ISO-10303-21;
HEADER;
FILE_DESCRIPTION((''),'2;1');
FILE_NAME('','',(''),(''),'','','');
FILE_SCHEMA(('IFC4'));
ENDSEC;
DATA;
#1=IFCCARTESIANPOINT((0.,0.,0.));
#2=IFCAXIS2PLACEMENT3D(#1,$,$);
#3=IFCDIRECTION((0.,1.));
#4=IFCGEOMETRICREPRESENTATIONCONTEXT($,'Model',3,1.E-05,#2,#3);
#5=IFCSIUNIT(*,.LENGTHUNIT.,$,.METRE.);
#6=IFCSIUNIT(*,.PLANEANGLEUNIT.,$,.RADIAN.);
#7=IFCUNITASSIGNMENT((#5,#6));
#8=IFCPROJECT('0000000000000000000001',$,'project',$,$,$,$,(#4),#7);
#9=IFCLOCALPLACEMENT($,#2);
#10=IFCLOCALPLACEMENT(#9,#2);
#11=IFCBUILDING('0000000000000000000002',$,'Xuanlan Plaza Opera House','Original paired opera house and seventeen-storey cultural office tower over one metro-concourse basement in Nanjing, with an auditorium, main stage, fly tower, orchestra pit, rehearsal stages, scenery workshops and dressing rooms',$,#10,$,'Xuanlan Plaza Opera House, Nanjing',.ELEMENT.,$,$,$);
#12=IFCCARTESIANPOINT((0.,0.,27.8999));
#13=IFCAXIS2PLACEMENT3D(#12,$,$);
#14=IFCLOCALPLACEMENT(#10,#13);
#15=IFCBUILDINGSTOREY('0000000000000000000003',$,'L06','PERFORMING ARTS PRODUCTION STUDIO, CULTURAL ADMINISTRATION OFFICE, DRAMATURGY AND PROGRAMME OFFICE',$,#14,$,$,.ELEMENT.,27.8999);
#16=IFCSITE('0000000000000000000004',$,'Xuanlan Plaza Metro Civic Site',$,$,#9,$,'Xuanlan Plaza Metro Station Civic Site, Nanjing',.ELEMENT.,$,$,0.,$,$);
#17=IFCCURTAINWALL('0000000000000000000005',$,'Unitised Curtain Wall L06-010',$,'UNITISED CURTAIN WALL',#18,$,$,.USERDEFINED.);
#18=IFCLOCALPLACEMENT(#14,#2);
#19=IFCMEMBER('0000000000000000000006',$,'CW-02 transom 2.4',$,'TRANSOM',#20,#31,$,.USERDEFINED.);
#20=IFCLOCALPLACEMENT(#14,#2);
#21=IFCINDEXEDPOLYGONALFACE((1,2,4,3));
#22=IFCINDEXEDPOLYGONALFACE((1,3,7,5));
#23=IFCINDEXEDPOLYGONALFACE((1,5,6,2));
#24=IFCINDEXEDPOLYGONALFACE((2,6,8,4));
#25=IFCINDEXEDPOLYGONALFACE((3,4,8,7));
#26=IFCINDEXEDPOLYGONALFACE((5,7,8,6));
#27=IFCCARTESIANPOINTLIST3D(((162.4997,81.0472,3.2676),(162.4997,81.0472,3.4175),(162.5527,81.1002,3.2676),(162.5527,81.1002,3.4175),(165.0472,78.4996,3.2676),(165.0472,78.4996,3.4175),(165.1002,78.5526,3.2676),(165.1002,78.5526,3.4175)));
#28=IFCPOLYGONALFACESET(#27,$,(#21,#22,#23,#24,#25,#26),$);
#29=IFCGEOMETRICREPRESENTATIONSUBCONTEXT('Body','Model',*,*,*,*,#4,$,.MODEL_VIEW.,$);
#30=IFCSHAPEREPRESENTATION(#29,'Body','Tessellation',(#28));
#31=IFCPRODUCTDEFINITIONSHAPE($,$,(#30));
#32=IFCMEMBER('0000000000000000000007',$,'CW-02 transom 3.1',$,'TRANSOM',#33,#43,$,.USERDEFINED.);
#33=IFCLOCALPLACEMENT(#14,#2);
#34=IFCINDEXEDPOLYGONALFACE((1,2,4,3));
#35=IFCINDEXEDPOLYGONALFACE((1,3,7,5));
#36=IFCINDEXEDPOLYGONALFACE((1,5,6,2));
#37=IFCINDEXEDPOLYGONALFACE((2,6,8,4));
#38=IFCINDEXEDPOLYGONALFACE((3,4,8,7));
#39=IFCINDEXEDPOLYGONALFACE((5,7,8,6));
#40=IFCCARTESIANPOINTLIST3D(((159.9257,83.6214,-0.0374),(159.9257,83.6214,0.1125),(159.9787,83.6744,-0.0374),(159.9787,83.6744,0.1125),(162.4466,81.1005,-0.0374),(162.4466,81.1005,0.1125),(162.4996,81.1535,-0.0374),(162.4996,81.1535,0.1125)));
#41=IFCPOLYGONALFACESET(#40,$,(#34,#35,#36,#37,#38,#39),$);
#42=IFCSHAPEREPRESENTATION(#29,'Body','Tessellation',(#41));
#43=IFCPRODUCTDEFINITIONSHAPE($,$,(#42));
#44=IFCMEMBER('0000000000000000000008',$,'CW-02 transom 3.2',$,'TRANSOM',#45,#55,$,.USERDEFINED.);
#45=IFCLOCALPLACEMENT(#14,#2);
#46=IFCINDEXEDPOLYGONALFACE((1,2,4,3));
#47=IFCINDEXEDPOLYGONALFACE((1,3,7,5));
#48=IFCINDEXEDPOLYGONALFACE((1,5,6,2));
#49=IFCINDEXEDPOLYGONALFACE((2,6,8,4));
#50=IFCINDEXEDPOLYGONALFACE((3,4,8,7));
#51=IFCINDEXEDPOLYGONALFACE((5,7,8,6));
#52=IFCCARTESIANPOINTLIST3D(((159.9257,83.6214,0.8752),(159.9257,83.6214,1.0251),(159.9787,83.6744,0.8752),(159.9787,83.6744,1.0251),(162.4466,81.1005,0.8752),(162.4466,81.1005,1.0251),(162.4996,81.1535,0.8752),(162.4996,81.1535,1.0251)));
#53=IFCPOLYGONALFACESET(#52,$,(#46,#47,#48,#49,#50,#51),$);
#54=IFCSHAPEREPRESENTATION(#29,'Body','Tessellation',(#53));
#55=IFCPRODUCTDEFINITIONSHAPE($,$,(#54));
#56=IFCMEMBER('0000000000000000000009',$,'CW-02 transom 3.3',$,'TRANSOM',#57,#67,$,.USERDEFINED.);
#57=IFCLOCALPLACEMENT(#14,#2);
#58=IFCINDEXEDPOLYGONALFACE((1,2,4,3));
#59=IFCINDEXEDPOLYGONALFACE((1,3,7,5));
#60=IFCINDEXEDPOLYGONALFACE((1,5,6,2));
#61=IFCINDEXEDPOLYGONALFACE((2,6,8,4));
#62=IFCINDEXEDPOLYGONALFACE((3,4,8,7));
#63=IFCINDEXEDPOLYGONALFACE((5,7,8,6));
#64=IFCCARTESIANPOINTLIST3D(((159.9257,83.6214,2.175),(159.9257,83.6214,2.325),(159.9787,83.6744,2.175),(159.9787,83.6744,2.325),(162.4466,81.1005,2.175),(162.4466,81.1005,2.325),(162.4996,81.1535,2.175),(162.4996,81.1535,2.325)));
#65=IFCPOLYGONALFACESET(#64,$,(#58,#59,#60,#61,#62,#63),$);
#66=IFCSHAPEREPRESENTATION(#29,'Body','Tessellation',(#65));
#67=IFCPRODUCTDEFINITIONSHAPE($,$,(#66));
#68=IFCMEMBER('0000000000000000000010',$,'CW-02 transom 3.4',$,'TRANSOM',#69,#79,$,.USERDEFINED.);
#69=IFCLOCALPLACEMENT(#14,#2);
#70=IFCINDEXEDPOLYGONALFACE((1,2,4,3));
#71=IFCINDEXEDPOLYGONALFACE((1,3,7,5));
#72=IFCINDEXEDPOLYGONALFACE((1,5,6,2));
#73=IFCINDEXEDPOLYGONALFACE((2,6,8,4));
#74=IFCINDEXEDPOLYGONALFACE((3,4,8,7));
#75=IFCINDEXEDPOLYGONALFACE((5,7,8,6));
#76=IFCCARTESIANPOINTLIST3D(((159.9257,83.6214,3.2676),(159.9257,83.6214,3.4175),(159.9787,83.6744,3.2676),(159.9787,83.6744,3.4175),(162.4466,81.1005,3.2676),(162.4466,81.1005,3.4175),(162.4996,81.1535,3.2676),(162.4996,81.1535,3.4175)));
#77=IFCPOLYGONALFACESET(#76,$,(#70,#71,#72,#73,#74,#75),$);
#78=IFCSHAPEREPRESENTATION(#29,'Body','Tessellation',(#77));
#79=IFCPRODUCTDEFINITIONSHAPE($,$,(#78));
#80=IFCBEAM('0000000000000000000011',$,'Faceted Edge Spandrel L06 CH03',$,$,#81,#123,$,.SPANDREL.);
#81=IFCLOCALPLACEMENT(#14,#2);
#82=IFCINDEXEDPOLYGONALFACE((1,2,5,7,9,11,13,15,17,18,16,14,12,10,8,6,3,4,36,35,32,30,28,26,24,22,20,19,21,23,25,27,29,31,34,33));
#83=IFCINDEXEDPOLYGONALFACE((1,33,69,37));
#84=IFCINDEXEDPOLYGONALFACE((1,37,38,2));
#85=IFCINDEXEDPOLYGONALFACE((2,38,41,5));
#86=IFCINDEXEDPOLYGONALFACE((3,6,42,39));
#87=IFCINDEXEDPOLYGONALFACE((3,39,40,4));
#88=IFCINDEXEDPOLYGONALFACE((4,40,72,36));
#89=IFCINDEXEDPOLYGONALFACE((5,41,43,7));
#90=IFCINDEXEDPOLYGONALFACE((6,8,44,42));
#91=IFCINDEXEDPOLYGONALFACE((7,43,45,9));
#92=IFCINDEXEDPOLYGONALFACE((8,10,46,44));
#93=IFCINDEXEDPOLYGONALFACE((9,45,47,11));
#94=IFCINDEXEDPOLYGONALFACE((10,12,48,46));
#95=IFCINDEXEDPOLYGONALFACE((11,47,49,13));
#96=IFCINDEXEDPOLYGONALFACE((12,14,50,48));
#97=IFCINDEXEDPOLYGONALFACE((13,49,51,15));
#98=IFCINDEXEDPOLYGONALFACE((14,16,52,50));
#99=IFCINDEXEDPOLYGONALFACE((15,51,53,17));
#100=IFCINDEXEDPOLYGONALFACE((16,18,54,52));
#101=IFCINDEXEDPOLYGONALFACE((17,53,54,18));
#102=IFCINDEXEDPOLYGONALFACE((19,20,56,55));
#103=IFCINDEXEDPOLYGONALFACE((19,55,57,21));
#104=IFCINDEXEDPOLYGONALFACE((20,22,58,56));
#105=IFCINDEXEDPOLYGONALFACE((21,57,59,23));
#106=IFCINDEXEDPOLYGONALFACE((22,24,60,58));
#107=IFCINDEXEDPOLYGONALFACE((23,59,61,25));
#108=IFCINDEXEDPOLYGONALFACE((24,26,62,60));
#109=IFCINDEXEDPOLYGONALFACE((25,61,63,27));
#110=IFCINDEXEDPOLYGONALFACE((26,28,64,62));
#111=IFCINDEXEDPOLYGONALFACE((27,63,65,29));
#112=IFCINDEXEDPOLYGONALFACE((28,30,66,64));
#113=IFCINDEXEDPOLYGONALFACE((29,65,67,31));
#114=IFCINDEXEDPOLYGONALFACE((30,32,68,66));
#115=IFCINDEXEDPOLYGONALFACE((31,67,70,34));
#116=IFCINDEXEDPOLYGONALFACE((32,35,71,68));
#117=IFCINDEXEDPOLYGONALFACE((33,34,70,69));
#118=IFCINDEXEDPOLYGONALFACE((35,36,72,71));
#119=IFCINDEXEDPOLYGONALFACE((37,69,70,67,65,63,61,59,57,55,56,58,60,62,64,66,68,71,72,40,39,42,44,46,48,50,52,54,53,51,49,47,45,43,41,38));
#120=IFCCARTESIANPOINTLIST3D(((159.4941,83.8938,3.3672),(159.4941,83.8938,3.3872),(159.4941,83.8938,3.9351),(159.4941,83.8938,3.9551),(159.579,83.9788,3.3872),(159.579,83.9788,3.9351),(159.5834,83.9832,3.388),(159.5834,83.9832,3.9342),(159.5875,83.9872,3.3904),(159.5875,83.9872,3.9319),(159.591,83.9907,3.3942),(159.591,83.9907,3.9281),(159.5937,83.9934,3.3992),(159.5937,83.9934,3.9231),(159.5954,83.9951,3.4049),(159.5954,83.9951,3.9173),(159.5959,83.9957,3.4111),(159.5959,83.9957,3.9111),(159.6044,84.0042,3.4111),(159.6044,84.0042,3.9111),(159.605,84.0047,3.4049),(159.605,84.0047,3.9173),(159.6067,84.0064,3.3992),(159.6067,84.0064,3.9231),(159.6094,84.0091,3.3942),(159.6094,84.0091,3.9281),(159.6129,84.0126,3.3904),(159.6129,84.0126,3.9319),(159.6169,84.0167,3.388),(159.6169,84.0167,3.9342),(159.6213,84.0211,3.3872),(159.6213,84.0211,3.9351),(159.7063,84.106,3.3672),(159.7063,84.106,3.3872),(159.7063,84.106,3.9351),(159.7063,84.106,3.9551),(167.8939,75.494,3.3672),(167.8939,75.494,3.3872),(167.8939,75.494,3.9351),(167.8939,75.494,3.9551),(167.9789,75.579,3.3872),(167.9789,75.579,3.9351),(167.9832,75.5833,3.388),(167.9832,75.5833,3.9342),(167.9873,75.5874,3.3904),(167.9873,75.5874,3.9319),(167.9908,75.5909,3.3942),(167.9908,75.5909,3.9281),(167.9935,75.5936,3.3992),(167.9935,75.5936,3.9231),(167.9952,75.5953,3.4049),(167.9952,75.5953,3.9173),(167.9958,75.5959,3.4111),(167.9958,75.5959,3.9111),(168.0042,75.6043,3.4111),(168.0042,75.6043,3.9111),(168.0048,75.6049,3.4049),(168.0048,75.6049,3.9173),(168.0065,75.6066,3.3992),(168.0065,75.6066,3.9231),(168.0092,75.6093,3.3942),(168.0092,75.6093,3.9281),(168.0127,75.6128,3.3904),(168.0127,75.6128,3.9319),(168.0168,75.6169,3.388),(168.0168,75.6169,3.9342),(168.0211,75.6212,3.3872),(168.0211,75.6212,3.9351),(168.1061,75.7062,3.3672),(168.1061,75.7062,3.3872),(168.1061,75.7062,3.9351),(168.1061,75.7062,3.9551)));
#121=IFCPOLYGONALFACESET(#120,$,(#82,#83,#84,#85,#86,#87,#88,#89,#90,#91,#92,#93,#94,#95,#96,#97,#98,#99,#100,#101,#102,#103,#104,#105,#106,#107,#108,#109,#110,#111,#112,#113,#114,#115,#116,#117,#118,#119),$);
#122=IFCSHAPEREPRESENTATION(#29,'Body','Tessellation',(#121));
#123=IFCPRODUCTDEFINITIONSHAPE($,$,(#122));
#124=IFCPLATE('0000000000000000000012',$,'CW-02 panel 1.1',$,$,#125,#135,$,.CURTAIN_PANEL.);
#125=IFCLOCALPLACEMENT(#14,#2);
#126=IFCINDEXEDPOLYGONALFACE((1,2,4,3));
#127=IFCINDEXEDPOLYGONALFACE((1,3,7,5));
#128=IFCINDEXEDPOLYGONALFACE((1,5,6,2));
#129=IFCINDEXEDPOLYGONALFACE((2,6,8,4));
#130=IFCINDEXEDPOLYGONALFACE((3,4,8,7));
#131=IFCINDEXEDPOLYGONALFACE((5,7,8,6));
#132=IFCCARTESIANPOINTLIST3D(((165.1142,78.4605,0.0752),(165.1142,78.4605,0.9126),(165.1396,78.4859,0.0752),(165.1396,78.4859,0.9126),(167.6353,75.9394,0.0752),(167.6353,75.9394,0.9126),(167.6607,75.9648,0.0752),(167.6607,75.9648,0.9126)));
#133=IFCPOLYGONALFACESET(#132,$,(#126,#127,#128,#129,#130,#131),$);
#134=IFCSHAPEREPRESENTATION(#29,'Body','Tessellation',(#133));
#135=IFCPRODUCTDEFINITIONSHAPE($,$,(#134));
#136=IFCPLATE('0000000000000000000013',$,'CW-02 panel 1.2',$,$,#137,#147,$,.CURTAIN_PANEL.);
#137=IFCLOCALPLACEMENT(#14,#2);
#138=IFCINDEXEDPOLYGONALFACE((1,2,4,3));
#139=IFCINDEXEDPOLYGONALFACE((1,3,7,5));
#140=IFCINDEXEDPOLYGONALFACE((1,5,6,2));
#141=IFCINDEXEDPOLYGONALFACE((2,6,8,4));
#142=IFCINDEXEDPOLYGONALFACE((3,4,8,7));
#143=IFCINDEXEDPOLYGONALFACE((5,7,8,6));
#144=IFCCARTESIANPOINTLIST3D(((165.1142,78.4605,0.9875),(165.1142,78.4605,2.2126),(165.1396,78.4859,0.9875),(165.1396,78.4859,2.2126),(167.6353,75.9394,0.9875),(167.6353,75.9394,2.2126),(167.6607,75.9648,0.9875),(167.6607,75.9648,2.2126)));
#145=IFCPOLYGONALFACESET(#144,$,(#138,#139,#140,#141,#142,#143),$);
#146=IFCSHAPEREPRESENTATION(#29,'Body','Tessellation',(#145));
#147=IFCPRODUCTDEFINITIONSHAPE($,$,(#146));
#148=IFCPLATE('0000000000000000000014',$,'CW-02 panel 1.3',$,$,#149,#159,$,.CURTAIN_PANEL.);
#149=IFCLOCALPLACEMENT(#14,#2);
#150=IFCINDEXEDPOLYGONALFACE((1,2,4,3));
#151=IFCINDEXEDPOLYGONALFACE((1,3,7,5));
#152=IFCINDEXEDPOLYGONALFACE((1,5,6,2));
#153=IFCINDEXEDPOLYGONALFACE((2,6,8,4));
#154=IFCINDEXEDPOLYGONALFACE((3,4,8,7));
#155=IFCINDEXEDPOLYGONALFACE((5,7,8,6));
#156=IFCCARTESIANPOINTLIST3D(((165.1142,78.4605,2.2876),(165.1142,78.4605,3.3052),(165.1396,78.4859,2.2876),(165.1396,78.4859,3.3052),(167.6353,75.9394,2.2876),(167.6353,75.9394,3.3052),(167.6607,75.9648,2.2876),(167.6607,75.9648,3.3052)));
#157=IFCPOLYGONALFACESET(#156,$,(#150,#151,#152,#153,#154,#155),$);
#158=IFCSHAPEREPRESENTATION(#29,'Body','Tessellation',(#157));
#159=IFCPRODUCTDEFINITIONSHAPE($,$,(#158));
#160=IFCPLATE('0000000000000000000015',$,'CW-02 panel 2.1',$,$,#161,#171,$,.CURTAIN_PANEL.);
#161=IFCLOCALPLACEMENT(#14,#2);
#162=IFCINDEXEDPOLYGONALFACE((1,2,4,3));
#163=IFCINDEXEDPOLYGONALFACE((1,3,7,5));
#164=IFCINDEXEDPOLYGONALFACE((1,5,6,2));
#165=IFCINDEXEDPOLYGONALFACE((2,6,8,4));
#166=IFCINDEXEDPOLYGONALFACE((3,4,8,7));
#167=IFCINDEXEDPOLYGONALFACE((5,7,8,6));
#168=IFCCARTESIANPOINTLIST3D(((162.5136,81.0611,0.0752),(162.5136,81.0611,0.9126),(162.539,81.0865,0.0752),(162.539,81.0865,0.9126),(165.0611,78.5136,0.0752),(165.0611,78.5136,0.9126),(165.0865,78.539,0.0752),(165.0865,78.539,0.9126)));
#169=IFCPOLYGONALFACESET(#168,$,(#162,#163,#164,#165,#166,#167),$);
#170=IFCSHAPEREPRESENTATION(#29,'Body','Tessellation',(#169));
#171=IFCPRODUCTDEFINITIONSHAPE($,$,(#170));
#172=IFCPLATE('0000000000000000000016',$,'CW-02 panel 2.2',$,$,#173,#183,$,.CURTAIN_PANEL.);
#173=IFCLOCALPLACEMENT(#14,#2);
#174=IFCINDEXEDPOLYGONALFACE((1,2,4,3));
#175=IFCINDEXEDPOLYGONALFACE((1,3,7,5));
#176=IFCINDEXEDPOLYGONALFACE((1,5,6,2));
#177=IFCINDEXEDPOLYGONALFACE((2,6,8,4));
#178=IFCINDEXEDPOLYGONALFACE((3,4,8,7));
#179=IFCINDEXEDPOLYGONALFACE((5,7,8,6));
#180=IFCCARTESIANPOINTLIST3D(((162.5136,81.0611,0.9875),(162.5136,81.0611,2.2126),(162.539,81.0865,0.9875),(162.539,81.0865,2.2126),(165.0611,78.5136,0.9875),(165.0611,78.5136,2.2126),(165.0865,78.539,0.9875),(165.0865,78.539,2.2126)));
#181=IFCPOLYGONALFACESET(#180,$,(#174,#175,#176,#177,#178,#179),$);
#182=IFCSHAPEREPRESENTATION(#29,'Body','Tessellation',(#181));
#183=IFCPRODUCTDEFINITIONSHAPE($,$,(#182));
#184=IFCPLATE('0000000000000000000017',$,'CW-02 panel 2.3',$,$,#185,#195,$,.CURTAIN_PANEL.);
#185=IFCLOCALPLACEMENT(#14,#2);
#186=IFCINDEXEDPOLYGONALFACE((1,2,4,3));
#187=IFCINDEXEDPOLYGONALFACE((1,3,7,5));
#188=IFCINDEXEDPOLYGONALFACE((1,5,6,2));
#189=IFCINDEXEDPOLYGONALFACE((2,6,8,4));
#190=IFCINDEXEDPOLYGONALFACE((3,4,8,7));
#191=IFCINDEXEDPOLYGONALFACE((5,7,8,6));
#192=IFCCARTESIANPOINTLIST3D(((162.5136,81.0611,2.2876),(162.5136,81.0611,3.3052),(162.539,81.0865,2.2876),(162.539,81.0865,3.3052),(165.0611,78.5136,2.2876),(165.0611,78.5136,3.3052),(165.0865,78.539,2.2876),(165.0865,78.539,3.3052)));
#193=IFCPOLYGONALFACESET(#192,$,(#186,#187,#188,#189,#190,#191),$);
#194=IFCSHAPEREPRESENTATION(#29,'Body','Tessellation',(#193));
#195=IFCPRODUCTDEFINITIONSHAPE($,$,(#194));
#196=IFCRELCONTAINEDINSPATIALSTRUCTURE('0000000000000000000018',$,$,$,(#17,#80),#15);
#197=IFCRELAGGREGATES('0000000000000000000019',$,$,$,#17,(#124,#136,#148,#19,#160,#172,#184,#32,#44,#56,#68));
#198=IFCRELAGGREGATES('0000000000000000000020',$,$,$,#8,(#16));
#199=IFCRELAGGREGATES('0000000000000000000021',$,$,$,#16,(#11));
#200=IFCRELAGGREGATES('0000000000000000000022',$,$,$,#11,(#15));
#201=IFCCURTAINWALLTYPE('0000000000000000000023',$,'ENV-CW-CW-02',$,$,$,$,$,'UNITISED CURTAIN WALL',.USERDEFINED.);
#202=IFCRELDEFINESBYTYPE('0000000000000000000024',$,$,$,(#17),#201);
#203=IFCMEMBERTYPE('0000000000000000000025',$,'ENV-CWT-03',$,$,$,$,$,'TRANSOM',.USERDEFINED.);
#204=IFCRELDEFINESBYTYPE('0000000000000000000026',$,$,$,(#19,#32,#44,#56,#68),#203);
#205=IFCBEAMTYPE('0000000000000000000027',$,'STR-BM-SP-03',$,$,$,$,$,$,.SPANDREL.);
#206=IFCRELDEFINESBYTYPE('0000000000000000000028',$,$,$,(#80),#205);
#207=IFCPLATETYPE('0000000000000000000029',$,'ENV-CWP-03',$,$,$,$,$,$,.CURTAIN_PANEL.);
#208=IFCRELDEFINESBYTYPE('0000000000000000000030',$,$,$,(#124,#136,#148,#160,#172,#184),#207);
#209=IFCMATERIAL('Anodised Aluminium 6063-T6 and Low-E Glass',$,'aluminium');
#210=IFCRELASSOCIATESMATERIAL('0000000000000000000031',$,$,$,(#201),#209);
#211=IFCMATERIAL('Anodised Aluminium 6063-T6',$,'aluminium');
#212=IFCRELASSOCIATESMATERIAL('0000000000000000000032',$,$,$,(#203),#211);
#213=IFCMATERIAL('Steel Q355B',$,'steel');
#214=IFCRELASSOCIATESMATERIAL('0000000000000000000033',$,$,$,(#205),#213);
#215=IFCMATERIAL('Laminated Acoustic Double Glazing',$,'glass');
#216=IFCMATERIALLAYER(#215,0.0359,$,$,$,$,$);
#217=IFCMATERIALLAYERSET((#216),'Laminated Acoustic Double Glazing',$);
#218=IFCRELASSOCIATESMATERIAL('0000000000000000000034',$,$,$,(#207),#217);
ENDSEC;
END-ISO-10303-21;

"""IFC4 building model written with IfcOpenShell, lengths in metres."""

from ifc_helpers import new_model, si_unit, direction, frame, origin, origin_2d, place, context, subcontext, project, spatial, rectangle, i_section, extrude, material, layer, layer_set, material_profile, profile_set, type_object, element, aggregate, save


model = new_model("IFC4")

# Units and contexts
model_context = context("Model", 3, precision=1e-05, world=origin(), true_north=direction((0.0, 1.0)))
body_context = subcontext(model_context, "Body", "Model", "MODEL_VIEW")
ifc_project = project(units=[si_unit("LENGTHUNIT", "METRE"), si_unit("PLANEANGLEUNIT", "RADIAN")], contexts=[model_context])

# Site, building, storey
site_placement = place(None, origin())
site = spatial("IfcSite", under=ifc_project, at=site_placement, Name="Xuanlan Plaza Metro Civic Site", LongName="Xuanlan Plaza Metro Station Civic Site, Nanjing", CompositionType="ELEMENT", RefElevation=0.0)
building_placement = place(site_placement, origin())
building = spatial("IfcBuilding", under=site, at=building_placement, Name="Xuanlan Plaza Opera House", Description="Original paired opera house and seventeen-storey cultural office tower over one metro-concourse basement in Nanjing, with an auditorium, main stage, fly tower, orchestra pit, rehearsal stages, scenery workshops and dressing rooms", LongName="Xuanlan Plaza Opera House, Nanjing", CompositionType="ELEMENT")
storey_placement = place(building_placement, frame((0.0, 0.0, 27.8999)))
storey = spatial("IfcBuildingStorey", under=building, at=storey_placement, Name="L06", Description="PERFORMING ARTS PRODUCTION STUDIO, CULTURAL ADMINISTRATION OFFICE, DRAMATURGY AND PROGRAMME OFFICE", CompositionType="ELEMENT", Elevation=27.8999)

# Shared definitions
ifc_material_1 = material(Name="Steel Q355B", Category="steel")

# Curtain wall, members
ifc_material_2 = material(Name="Anodised Aluminium 6063-T6 and Low-E Glass", Category="aluminium")
curtain_wall_type = type_object("IfcCurtainWallType", Name="ENV-CW-CW-02", ElementType="UNITISED CURTAIN WALL", PredefinedType="USERDEFINED", material=ifc_material_2)
curtain_wall_placement = place(storey_placement, origin())
curtain_wall = element("IfcCurtainWall", 1, at=curtain_wall_placement, inside=storey, type_object=curtain_wall_type, Name="Unitised Curtain Wall L06-010", ObjectType="UNITISED CURTAIN WALL", PredefinedType="USERDEFINED")
ifc_material_3 = material(Name="Anodised Aluminium 6063-T6", Category="aluminium")
ifc_material_profile_1 = material_profile(ifc_material_3, rectangle(XDim=0.075, YDim=0.1499, at=origin_2d()), Name="ALU-T 75x150")
ifc_profile_set_1 = profile_set([ifc_material_profile_1], Name="Anodised Aluminium 6063-T6")
member_type_1 = type_object("IfcMemberType", Name="ENV-CWT-03", ElementType="TRANSOM", PredefinedType="USERDEFINED", material=ifc_profile_set_1)
member_1_placement = place(storey_placement, frame((165.0737, 78.5261, 3.3425), z_axis=(-0.707107, 0.707107, 0.0), x_axis=(-0.707107, -0.707107, 0.0)))
member_1 = element("IfcMember", 2, at=member_1_placement, type_object=member_type_1, Name="CW-02 transom 2.4", ObjectType="TRANSOM", PredefinedType="USERDEFINED", context=body_context, shape_type="SweptSolid", body=[
    extrude(rectangle(XDim=0.075, YDim=0.1499, at=origin_2d()), origin(), (0.0, 0.0, 1.0), 3.6028),
])
member_2_placement = place(storey_placement, frame((162.4731, 81.127, 0.0376), z_axis=(-0.707107, 0.707107, 0.0), x_axis=(-0.707107, -0.707107, 0.0)))
member_2 = element("IfcMember", 3, at=member_2_placement, type_object=member_type_1, Name="CW-02 transom 3.1", ObjectType="TRANSOM", PredefinedType="USERDEFINED", context=body_context, shape_type="SweptSolid", body=[
    extrude(rectangle(XDim=0.075, YDim=0.1499, at=origin_2d()), origin(), (0.0, 0.0, 1.0), 3.5652),
])
member_3_placement = place(storey_placement, frame((162.4731, 81.127, 0.9502), z_axis=(-0.707107, 0.707107, 0.0), x_axis=(-0.707107, -0.707107, 0.0)))
member_3 = element("IfcMember", 4, at=member_3_placement, type_object=member_type_1, Name="CW-02 transom 3.2", ObjectType="TRANSOM", PredefinedType="USERDEFINED", context=body_context, shape_type="SweptSolid", body=[
    extrude(rectangle(XDim=0.075, YDim=0.1499, at=origin_2d()), origin(), (0.0, 0.0, 1.0), 3.5652),
])
member_4_placement = place(storey_placement, frame((162.4731, 81.127, 2.25), z_axis=(-0.707107, 0.707107, 0.0), x_axis=(-0.707107, -0.707107, 0.0)))
member_4 = element("IfcMember", 5, at=member_4_placement, type_object=member_type_1, Name="CW-02 transom 3.3", ObjectType="TRANSOM", PredefinedType="USERDEFINED", context=body_context, shape_type="SweptSolid", body=[
    extrude(rectangle(XDim=0.075, YDim=0.1499, at=origin_2d()), origin(), (0.0, 0.0, 1.0), 3.5652),
])
member_5_placement = place(storey_placement, frame((162.4731, 81.127, 3.3425), z_axis=(-0.707107, 0.707107, 0.0), x_axis=(-0.707107, -0.707107, 0.0)))
member_5 = element("IfcMember", 6, at=member_5_placement, type_object=member_type_1, Name="CW-02 transom 3.4", ObjectType="TRANSOM", PredefinedType="USERDEFINED", context=body_context, shape_type="SweptSolid", body=[
    extrude(rectangle(XDim=0.075, YDim=0.1499, at=origin_2d()), origin(), (0.0, 0.0, 1.0), 3.5652),
])

# Beam
ifc_material_profile_2 = material_profile(ifc_material_1, i_section(OverallWidth=0.3, OverallDepth=0.5879, WebThickness=0.012, FlangeThickness=0.02, FilletRadius=0.0239, at=origin_2d()), Name="HM 588x300x12x20")
ifc_profile_set_2 = profile_set([ifc_material_profile_2], Name="Steel Q355B")
beam_type = type_object("IfcBeamType", Name="STR-BM-SP-03", PredefinedType="SPANDREL", material=ifc_profile_set_2)
beam_placement = place(storey_placement, frame((168.0, 75.6001, 3.6611), z_axis=(-0.707107, 0.707107, 0.0), x_axis=(-0.707107, -0.707107, 0.0)))
element("IfcBeam", 7, at=beam_placement, inside=storey, type_object=beam_type, Name="Faceted Edge Spandrel L06 CH03", PredefinedType="SPANDREL", context=body_context, shape_type="SweptSolid", body=[
    extrude(i_section(OverallWidth=0.3, OverallDepth=0.5879, WebThickness=0.012, FlangeThickness=0.02, FilletRadius=0.0239, at=origin_2d()), origin(), (0.0, 0.0, 1.0), 11.8792),
])

# Plates
ifc_material_4 = material(Name="Laminated Acoustic Double Glazing", Category="glass")
ifc_layer = layer(ifc_material_4, 0.0359)
ifc_layer_set = layer_set([ifc_layer], Name="Laminated Acoustic Double Glazing")
plate_type = type_object("IfcPlateType", Name="ENV-CWP-03", PredefinedType="CURTAIN_PANEL", material=ifc_layer_set)
plate_1_placement = place(storey_placement, frame((166.3875, 77.2126, 0.0752), z_axis=(0.0, 0.0, 1.0), x_axis=(-0.707107, 0.707107, 0.0)))
plate_1 = element("IfcPlate", 8, at=plate_1_placement, type_object=plate_type, Name="CW-02 panel 1.1", PredefinedType="CURTAIN_PANEL", context=body_context, shape_type="SweptSolid", body=[
    extrude(rectangle(XDim=3.5654, YDim=0.0359, at=origin_2d()), origin(), (0.0, 0.0, 1.0), 0.8374),
])
plate_2_placement = place(storey_placement, frame((166.3875, 77.2126, 0.9875), z_axis=(0.0, 0.0, 1.0), x_axis=(-0.707107, 0.707107, 0.0)))
plate_2 = element("IfcPlate", 9, at=plate_2_placement, type_object=plate_type, Name="CW-02 panel 1.2", PredefinedType="CURTAIN_PANEL", context=body_context, shape_type="SweptSolid", body=[
    extrude(rectangle(XDim=3.5654, YDim=0.0359, at=origin_2d()), origin(), (0.0, 0.0, 1.0), 1.2251),
])
plate_3_placement = place(storey_placement, frame((166.3875, 77.2126, 2.2876), z_axis=(0.0, 0.0, 1.0), x_axis=(-0.707107, 0.707107, 0.0)))
plate_3 = element("IfcPlate", 10, at=plate_3_placement, type_object=plate_type, Name="CW-02 panel 1.3", PredefinedType="CURTAIN_PANEL", context=body_context, shape_type="SweptSolid", body=[
    extrude(rectangle(XDim=3.5654, YDim=0.0359, at=origin_2d()), origin(), (0.0, 0.0, 1.0), 1.0176),
])
plate_4_placement = place(storey_placement, frame((163.8, 79.8, 0.0752), z_axis=(0.0, 0.0, 1.0), x_axis=(-0.707107, 0.707107, 0.0)))
plate_4 = element("IfcPlate", 11, at=plate_4_placement, type_object=plate_type, Name="CW-02 panel 2.1", PredefinedType="CURTAIN_PANEL", context=body_context, shape_type="SweptSolid", body=[
    extrude(rectangle(XDim=3.6028, YDim=0.0359, at=origin_2d()), origin(), (0.0, 0.0, 1.0), 0.8374),
])
plate_5_placement = place(storey_placement, frame((163.8, 79.8, 0.9875), z_axis=(0.0, 0.0, 1.0), x_axis=(-0.707107, 0.707107, 0.0)))
plate_5 = element("IfcPlate", 12, at=plate_5_placement, type_object=plate_type, Name="CW-02 panel 2.2", PredefinedType="CURTAIN_PANEL", context=body_context, shape_type="SweptSolid", body=[
    extrude(rectangle(XDim=3.6028, YDim=0.0359, at=origin_2d()), origin(), (0.0, 0.0, 1.0), 1.2251),
])
plate_6_placement = place(storey_placement, frame((163.8, 79.8, 2.2876), z_axis=(0.0, 0.0, 1.0), x_axis=(-0.707107, 0.707107, 0.0)))
plate_6 = element("IfcPlate", 13, at=plate_6_placement, type_object=plate_type, Name="CW-02 panel 2.3", PredefinedType="CURTAIN_PANEL", context=body_context, shape_type="SweptSolid", body=[
    extrude(rectangle(XDim=3.6028, YDim=0.0359, at=origin_2d()), origin(), (0.0, 0.0, 1.0), 1.0176),
])
aggregate(curtain_wall, [plate_1, plate_2, plate_3, member_1, plate_4, plate_5, plate_6, member_2, member_3, member_4, member_5])

save(model, "model.ifc")
